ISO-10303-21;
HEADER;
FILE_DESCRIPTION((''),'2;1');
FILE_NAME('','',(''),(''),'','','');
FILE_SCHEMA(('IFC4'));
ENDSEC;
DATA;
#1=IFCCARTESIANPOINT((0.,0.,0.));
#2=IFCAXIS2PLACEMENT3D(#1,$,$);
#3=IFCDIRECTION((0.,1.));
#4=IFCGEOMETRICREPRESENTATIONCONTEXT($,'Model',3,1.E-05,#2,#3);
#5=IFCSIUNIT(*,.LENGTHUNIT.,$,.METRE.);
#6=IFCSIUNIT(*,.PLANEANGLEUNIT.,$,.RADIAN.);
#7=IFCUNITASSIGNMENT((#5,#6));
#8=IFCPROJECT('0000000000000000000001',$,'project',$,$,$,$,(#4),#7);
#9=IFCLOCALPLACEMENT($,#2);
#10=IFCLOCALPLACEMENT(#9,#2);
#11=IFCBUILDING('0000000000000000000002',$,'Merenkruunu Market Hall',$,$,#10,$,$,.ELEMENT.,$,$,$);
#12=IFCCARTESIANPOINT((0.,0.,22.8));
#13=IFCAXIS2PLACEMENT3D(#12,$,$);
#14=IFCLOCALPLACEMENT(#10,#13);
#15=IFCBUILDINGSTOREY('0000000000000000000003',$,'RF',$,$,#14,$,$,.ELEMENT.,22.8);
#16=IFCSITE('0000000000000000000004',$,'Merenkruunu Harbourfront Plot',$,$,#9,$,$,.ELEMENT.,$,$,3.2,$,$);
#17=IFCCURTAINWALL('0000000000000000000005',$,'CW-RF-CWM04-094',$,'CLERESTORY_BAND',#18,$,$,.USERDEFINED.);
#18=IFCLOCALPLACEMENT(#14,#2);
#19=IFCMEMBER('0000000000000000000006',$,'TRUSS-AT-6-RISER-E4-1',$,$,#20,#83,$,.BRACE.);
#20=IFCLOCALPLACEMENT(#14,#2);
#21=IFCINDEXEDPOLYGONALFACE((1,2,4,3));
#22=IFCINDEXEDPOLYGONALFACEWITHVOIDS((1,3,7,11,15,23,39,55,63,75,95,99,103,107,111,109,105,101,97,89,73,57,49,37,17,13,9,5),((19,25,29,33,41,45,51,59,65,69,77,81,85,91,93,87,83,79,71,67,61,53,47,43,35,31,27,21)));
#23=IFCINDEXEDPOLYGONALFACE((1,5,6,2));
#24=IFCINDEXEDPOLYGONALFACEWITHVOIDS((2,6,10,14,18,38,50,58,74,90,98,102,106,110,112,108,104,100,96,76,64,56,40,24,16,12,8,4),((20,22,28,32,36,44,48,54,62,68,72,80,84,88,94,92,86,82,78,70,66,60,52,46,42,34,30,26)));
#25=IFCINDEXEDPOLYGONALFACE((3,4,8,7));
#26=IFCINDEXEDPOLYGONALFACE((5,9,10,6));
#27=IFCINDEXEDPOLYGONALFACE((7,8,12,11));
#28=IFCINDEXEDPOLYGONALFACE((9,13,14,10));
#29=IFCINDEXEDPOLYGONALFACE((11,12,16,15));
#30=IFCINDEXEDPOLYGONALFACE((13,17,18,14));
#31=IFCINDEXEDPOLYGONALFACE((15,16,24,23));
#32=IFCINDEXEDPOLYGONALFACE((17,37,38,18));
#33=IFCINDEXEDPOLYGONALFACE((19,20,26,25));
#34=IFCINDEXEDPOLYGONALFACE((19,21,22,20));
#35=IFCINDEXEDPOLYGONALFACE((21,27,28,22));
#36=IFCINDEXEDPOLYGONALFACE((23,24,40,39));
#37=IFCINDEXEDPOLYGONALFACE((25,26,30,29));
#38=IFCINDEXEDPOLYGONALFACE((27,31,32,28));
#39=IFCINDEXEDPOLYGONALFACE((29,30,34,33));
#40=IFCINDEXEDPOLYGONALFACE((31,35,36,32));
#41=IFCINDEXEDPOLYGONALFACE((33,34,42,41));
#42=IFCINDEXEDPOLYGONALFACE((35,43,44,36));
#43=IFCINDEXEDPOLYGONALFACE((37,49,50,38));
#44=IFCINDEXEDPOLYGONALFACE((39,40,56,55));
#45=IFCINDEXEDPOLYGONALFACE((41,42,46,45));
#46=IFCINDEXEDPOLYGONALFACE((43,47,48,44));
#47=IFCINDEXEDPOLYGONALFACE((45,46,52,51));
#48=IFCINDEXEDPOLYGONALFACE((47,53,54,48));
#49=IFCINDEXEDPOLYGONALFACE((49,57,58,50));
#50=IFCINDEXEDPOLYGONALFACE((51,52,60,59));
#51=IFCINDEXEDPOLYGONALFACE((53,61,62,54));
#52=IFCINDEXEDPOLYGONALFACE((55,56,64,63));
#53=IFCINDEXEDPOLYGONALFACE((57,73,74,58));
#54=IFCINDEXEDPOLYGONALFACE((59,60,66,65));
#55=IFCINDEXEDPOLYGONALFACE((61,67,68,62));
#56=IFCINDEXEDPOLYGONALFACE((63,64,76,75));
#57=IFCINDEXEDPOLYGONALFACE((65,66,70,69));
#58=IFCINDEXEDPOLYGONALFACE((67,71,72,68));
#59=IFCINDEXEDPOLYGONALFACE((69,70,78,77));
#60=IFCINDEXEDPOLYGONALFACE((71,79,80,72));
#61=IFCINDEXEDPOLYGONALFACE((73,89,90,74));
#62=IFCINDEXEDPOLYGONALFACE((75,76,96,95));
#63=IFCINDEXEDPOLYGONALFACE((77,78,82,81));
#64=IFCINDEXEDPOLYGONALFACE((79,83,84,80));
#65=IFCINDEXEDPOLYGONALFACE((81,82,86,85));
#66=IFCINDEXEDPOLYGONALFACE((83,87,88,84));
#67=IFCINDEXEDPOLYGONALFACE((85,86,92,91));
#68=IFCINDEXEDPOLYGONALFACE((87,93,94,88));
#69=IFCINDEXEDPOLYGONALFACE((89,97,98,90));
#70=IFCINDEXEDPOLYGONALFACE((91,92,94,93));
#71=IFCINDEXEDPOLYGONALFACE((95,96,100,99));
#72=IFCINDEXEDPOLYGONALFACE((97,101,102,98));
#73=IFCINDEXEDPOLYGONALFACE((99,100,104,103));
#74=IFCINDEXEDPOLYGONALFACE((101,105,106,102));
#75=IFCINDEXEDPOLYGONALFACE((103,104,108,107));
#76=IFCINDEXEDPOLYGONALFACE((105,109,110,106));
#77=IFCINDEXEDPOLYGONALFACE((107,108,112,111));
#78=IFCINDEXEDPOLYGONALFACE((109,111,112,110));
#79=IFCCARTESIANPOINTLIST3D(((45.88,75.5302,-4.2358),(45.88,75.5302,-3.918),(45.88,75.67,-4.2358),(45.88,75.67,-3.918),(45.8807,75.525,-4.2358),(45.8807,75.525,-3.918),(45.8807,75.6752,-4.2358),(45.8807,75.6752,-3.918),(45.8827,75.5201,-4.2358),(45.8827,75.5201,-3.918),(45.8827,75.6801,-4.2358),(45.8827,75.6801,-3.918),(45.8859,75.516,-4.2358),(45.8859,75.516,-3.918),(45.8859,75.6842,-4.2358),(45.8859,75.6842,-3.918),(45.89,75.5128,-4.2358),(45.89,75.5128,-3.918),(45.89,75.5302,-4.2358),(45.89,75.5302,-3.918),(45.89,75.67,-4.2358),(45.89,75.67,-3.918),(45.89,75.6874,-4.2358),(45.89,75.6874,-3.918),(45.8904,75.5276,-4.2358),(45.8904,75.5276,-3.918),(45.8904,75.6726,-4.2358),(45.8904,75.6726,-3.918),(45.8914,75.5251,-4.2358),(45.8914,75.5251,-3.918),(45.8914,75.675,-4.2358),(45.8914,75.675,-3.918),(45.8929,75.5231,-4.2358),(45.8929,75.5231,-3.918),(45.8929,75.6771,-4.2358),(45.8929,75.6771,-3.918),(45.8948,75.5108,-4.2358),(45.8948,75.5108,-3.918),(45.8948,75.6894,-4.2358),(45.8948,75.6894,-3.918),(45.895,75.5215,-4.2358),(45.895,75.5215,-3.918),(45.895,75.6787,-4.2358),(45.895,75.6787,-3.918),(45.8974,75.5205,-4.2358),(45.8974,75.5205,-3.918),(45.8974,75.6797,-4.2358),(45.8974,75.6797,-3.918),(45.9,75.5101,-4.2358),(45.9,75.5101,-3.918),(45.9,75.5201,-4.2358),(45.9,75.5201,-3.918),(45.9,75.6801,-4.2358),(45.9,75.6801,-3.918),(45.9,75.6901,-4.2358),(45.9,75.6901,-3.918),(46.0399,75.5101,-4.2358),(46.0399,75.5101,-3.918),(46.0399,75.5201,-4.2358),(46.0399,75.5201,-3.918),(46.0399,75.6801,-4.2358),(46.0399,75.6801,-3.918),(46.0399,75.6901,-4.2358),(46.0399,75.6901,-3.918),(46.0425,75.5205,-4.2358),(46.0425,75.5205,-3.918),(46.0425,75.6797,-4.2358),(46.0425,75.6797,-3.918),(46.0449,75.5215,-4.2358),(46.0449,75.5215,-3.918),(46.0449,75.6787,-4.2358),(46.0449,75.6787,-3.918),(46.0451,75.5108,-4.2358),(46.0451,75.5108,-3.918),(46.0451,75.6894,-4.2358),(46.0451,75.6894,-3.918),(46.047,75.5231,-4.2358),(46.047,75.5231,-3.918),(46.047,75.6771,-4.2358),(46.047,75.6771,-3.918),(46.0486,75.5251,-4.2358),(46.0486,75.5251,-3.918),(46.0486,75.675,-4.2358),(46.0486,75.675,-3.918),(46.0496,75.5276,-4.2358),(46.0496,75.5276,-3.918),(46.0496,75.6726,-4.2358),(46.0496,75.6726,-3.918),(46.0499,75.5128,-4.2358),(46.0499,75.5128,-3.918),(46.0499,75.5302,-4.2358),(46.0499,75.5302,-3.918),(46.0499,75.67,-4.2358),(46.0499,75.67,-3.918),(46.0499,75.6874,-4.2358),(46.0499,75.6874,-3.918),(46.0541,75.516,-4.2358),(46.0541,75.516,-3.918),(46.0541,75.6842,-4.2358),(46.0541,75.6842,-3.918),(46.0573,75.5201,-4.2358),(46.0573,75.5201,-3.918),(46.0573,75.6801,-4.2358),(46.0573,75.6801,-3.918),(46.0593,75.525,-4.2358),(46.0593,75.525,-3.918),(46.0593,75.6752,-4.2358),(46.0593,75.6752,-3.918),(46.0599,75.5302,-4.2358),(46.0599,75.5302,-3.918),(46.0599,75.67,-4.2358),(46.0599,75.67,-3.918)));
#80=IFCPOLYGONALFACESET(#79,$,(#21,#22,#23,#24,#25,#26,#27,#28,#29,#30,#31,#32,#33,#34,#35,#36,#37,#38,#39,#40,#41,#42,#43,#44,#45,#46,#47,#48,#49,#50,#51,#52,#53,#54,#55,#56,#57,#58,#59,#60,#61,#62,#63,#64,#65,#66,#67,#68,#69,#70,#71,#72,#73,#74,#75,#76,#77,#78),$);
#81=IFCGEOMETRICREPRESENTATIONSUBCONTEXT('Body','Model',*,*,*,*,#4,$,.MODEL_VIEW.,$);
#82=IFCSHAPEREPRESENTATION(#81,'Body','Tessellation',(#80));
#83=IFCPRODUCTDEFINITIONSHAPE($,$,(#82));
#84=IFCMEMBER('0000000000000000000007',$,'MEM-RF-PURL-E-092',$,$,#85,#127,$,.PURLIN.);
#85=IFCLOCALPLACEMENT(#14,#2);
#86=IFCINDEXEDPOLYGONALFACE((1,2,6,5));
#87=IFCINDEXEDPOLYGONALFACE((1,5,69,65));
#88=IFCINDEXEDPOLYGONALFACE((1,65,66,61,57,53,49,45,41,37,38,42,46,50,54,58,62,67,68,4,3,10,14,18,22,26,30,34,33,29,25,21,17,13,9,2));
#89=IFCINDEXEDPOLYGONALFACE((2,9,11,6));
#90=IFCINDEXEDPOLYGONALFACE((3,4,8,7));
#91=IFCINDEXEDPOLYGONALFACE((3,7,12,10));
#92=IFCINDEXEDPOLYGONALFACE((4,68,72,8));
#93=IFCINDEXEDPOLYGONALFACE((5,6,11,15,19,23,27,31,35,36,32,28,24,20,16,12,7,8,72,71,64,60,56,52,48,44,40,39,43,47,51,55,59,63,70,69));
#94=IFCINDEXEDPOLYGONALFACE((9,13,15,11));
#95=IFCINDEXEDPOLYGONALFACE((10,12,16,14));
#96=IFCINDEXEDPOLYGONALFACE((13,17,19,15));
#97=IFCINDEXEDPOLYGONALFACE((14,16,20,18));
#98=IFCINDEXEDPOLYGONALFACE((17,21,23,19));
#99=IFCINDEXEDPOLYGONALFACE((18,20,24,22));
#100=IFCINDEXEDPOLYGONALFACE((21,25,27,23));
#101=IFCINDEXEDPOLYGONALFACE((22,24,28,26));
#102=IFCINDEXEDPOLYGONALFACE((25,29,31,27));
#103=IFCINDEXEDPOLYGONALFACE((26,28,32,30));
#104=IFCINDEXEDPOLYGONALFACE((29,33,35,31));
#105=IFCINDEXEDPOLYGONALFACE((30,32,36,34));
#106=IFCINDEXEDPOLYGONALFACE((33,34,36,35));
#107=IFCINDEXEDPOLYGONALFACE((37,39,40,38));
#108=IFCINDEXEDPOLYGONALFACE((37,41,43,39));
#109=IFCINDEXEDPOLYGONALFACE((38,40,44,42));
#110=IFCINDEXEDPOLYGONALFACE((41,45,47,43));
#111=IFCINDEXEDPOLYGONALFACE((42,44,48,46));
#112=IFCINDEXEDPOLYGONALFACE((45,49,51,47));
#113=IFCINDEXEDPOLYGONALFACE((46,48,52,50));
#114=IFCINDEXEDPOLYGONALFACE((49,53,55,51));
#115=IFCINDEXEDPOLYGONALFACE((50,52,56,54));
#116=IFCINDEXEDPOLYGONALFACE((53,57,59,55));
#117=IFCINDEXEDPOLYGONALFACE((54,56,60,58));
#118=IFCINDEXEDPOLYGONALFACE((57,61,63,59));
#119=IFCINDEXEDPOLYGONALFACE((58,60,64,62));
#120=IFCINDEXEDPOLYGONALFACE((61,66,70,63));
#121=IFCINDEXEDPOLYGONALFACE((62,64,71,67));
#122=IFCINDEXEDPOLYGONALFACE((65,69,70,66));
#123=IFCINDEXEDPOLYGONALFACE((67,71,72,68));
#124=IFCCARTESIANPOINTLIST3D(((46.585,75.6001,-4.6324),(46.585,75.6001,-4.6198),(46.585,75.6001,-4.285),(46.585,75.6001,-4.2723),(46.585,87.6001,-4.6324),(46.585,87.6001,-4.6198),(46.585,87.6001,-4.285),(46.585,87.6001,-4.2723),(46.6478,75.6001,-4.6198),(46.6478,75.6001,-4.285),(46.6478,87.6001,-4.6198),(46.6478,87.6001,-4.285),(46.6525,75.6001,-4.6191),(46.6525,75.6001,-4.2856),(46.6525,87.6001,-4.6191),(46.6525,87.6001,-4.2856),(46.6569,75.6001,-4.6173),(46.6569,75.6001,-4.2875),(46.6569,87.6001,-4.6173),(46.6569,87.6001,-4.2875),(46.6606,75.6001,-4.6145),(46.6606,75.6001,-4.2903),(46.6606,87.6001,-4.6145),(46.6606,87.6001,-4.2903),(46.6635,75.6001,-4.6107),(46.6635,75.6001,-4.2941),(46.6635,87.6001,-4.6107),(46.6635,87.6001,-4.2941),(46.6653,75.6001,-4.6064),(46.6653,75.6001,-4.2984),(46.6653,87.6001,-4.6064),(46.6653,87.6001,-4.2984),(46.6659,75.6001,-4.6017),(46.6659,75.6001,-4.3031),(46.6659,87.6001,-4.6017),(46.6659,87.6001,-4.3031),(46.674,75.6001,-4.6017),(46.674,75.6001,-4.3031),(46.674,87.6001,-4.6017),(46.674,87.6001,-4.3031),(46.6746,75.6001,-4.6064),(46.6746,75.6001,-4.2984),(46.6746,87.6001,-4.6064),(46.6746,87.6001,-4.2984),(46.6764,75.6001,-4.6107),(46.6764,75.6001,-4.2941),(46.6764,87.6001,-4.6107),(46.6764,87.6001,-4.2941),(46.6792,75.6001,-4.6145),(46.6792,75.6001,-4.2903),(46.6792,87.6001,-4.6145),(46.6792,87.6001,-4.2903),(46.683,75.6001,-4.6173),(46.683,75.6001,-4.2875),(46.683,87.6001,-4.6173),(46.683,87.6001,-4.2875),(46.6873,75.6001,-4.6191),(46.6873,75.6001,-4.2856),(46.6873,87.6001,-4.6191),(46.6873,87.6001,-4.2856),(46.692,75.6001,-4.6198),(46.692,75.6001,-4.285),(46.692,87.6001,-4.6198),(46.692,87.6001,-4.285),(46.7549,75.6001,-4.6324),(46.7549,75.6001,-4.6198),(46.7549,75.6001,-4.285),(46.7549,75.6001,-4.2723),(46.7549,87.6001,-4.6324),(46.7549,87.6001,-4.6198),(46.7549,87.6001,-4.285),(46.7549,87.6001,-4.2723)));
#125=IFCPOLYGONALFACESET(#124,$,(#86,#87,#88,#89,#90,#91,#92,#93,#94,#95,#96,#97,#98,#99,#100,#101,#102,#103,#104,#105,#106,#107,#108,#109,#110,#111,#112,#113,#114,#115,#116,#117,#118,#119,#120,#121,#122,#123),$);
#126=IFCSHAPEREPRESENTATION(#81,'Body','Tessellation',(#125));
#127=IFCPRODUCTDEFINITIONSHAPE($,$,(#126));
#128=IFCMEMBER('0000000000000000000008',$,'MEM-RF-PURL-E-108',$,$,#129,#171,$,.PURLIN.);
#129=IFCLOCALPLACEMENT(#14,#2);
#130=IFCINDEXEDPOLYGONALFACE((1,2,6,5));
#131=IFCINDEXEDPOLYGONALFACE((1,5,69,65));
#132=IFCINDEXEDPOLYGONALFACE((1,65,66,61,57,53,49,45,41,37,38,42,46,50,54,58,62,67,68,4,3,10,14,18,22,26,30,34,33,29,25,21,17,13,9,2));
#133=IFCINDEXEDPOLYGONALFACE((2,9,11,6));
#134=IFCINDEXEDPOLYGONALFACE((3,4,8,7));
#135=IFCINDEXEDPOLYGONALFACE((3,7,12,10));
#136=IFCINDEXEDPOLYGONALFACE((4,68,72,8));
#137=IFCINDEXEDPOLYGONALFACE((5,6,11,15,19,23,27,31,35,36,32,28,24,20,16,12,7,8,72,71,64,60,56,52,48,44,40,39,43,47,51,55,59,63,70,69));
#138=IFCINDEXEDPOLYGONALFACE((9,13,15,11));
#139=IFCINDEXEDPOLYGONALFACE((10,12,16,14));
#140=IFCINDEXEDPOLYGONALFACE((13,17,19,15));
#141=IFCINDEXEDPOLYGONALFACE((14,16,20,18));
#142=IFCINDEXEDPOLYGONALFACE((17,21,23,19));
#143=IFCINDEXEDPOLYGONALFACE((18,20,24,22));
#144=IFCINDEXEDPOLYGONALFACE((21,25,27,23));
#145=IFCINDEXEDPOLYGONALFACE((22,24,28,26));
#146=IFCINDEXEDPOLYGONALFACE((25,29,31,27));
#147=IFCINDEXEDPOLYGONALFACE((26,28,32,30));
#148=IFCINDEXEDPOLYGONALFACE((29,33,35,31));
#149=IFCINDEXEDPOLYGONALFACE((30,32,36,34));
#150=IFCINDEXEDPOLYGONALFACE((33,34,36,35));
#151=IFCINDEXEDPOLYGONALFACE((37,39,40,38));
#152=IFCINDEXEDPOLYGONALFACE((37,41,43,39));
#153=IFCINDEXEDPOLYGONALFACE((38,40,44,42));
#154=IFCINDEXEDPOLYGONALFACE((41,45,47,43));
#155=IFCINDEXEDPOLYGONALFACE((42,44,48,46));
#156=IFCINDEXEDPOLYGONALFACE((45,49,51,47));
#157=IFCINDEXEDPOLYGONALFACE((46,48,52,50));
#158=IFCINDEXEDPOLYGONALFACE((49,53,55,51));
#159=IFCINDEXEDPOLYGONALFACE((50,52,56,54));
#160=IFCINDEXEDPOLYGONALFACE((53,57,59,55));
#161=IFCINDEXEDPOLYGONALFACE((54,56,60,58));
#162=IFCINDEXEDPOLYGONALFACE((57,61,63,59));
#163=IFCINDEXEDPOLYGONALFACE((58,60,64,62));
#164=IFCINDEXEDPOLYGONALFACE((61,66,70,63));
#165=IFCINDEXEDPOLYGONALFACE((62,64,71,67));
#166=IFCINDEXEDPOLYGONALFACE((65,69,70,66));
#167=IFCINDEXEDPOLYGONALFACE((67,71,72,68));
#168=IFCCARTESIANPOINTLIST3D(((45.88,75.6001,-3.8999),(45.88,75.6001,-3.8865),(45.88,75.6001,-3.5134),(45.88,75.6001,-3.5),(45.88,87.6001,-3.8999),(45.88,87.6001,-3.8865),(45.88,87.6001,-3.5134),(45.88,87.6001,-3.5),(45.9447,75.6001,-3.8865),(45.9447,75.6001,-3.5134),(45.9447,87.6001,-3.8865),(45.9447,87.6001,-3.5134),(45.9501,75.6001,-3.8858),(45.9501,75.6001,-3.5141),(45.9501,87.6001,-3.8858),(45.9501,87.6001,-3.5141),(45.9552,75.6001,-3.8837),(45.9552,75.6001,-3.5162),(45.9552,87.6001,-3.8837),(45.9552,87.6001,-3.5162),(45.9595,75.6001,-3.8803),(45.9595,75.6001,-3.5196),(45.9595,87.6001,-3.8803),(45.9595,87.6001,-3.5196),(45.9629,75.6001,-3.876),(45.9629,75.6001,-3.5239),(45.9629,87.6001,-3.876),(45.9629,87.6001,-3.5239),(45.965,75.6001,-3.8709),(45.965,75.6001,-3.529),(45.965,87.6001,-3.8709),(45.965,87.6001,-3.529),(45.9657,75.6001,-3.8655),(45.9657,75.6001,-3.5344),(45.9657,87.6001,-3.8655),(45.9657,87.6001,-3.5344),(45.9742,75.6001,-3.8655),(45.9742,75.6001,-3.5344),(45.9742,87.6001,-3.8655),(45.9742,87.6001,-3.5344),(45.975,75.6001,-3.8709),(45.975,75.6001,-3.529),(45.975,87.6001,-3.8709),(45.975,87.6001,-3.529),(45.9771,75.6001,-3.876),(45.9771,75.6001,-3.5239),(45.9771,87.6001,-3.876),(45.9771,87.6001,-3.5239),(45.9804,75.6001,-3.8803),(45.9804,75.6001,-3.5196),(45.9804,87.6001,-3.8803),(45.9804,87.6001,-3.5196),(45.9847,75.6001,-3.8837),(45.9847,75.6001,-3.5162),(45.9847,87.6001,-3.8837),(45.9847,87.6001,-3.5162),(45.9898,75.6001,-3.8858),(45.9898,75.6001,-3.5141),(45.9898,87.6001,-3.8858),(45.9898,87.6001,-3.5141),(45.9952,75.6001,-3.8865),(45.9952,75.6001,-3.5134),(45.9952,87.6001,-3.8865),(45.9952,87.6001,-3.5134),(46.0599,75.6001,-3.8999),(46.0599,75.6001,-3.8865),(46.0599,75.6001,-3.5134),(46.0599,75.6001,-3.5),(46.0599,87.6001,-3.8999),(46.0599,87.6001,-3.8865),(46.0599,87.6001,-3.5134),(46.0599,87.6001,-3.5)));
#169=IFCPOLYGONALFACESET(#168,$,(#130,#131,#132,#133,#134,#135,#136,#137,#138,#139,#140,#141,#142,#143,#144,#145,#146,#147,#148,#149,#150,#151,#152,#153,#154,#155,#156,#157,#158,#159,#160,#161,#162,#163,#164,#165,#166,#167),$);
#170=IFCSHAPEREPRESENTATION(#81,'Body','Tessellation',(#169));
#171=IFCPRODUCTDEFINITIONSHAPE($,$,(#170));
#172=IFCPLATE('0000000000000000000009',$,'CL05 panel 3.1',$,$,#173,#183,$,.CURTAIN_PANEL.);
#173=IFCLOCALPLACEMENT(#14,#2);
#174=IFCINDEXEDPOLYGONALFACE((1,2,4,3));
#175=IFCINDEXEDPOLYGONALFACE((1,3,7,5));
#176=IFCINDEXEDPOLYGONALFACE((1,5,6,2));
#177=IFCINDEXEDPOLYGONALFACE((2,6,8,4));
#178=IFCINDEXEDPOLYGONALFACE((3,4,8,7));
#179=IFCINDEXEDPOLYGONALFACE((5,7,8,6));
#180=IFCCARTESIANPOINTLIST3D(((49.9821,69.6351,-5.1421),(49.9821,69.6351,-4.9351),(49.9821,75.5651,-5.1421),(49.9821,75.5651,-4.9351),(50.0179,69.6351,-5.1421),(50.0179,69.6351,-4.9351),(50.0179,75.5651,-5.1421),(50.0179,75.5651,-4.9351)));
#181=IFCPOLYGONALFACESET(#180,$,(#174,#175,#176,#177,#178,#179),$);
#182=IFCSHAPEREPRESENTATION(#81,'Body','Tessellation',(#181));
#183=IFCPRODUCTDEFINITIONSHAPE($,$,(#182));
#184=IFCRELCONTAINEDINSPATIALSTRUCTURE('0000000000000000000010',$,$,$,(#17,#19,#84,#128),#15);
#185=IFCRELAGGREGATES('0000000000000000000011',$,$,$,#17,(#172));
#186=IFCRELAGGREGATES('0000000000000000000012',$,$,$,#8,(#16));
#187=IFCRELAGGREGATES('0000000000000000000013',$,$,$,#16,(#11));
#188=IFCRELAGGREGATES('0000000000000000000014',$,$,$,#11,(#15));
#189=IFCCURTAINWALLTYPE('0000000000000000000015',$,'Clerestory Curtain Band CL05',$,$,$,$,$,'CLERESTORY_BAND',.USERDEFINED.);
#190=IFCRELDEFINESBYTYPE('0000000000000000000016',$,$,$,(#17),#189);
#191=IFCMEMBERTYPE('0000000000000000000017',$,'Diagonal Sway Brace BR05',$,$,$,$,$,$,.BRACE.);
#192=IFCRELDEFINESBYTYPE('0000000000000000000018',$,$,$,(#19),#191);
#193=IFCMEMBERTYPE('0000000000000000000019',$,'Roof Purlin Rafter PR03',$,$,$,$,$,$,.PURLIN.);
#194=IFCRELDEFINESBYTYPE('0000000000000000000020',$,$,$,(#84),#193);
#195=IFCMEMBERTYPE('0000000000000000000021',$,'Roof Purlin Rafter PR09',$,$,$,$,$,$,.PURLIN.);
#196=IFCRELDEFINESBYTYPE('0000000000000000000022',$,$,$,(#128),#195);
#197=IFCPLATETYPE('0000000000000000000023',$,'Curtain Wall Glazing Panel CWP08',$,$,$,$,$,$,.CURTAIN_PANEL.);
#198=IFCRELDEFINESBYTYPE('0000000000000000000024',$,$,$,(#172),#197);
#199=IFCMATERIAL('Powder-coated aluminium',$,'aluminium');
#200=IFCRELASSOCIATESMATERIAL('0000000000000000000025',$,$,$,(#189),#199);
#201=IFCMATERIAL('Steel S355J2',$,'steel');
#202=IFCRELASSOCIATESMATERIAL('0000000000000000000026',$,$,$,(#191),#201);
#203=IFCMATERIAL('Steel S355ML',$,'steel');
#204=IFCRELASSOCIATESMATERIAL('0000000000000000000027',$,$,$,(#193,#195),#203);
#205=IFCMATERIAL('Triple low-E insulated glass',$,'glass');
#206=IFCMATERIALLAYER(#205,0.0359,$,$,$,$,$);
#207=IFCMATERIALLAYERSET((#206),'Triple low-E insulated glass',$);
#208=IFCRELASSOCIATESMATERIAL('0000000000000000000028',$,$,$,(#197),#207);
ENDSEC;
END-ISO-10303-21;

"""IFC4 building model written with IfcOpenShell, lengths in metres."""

from ifc_helpers import new_model, si_unit, direction, frame, origin, origin_2d, place, context, subcontext, project, spatial, rectangle, hollow_rectangle, i_section, extrude, material, layer, layer_set, material_profile, profile_set, type_object, element, aggregate, save


model = new_model("IFC4")

# Units and contexts
model_context = context("Model", 3, precision=1e-05, world=origin(), true_north=direction((0.0, 1.0)))
body_context = subcontext(model_context, "Body", "Model", "MODEL_VIEW")
ifc_project = project(units=[si_unit("LENGTHUNIT", "METRE"), si_unit("PLANEANGLEUNIT", "RADIAN")], contexts=[model_context])

# Site, building, storey
site_placement = place(None, origin())
site = spatial("IfcSite", under=ifc_project, at=site_placement, Name="Merenkruunu Harbourfront Plot", CompositionType="ELEMENT", RefElevation=3.2)
building_placement = place(site_placement, origin())
building = spatial("IfcBuilding", under=site, at=building_placement, Name="Merenkruunu Market Hall", CompositionType="ELEMENT")
storey_placement = place(building_placement, frame((0.0, 0.0, 22.8)))
storey = spatial("IfcBuildingStorey", under=building, at=storey_placement, Name="RF", CompositionType="ELEMENT", Elevation=22.8)

# Shared definitions
ifc_material_1 = material(Name="Steel S355ML", Category="steel")

# Curtain wall
ifc_material_2 = material(Name="Powder-coated aluminium", Category="aluminium")
curtain_wall_type = type_object("IfcCurtainWallType", Name="Clerestory Curtain Band CL05", ElementType="CLERESTORY_BAND", PredefinedType="USERDEFINED", material=ifc_material_2)
curtain_wall_1_placement = place(storey_placement, origin())
curtain_wall_1 = element("IfcCurtainWall", 1, at=curtain_wall_1_placement, inside=storey, type_object=curtain_wall_type, Name="CW-RF-CWM04-094", ObjectType="CLERESTORY_BAND", PredefinedType="USERDEFINED")

# Members
ifc_material_3 = material(Name="Steel S355J2", Category="steel")
ifc_material_profile_1 = material_profile(ifc_material_3, hollow_rectangle(XDim=0.1799, YDim=0.1799, WallThickness=0.01, InnerFilletRadius=0.01, OuterFilletRadius=0.02, at=origin_2d()), Name="SHS 180x180x10")
ifc_profile_set_1 = profile_set([ifc_material_profile_1], Name="Steel S355J2")
member_type_1 = type_object("IfcMemberType", Name="Diagonal Sway Brace BR05", PredefinedType="BRACE", material=ifc_profile_set_1)
member_1_placement = place(storey_placement, frame((45.97, 75.6001, -4.2358), z_axis=(0.0, 0.0, 1.0), x_axis=(1.0, 0.0, 0.0)))
element("IfcMember", 2, at=member_1_placement, inside=storey, type_object=member_type_1, Name="TRUSS-AT-6-RISER-E4-1", PredefinedType="BRACE", context=body_context, shape_type="SweptSolid", body=[
    extrude(hollow_rectangle(XDim=0.1799, YDim=0.1799, WallThickness=0.01, InnerFilletRadius=0.01, OuterFilletRadius=0.02, at=origin_2d()), origin(), (0.0, 0.0, 1.0), 0.3179),
])
ifc_material_profile_2 = material_profile(ifc_material_1, i_section(OverallWidth=0.1699, OverallDepth=0.3601, WebThickness=0.0081, FlangeThickness=0.0127, FilletRadius=0.0181, at=origin_2d()), Name="IPE 360")
ifc_profile_set_2 = profile_set([ifc_material_profile_2], Name="Steel S355ML")
member_type_2 = type_object("IfcMemberType", Name="Roof Purlin Rafter PR03", PredefinedType="PURLIN", material=ifc_profile_set_2)
member_2_placement = place(storey_placement, frame((46.6699, 75.6001, -4.4524), z_axis=(0.0, 1.0, 0.0), x_axis=(-1.0, 0.0, 0.0)))
element("IfcMember", 3, at=member_2_placement, inside=storey, type_object=member_type_2, Name="MEM-RF-PURL-E-092", PredefinedType="PURLIN", context=body_context, shape_type="SweptSolid", body=[
    extrude(i_section(OverallWidth=0.1699, OverallDepth=0.3601, WebThickness=0.0081, FlangeThickness=0.0127, FilletRadius=0.0181, at=origin_2d()), origin(), (0.0, 0.0, 1.0), 12.0),
])
ifc_material_profile_3 = material_profile(ifc_material_1, i_section(OverallWidth=0.1799, OverallDepth=0.3999, WebThickness=0.0085, FlangeThickness=0.0134, FilletRadius=0.021, at=origin_2d()), Name="IPE 400")
ifc_profile_set_3 = profile_set([ifc_material_profile_3], Name="Steel S355ML")
member_type_3 = type_object("IfcMemberType", Name="Roof Purlin Rafter PR09", PredefinedType="PURLIN", material=ifc_profile_set_3)
member_3_placement = place(storey_placement, frame((45.97, 75.6001, -3.7), z_axis=(0.0, 1.0, 0.0), x_axis=(-1.0, 0.0, 0.0)))
element("IfcMember", 4, at=member_3_placement, inside=storey, type_object=member_type_3, Name="MEM-RF-PURL-E-108", PredefinedType="PURLIN", context=body_context, shape_type="SweptSolid", body=[
    extrude(i_section(OverallWidth=0.1799, OverallDepth=0.3999, WebThickness=0.0085, FlangeThickness=0.0134, FilletRadius=0.021, at=origin_2d()), origin(), (0.0, 0.0, 1.0), 12.0),
])

# Plate
ifc_material_4 = material(Name="Triple low-E insulated glass", Category="glass")
ifc_layer_1 = layer(ifc_material_4, 0.0359)
ifc_layer_set_1 = layer_set([ifc_layer_1], Name="Triple low-E insulated glass")
plate_type_1 = type_object("IfcPlateType", Name="Curtain Wall Glazing Panel CWP08", PredefinedType="CURTAIN_PANEL", material=ifc_layer_set_1)
plate_1_placement = place(storey_placement, frame((50.0, 72.6001, -5.1421), z_axis=(0.0, 0.0, 1.0), x_axis=(0.0, -1.0, 0.0)))
plate_1 = element("IfcPlate", 5, at=plate_1_placement, type_object=plate_type_1, Name="CL05 panel 3.1", PredefinedType="CURTAIN_PANEL", context=body_context, shape_type="SweptSolid", body=[
    extrude(rectangle(XDim=5.9299, YDim=0.0359, at=origin_2d()), origin(), (0.0, 0.0, 1.0), 0.207),
])
aggregate(curtain_wall_1, [plate_1])

save(model, "model.ifc")
